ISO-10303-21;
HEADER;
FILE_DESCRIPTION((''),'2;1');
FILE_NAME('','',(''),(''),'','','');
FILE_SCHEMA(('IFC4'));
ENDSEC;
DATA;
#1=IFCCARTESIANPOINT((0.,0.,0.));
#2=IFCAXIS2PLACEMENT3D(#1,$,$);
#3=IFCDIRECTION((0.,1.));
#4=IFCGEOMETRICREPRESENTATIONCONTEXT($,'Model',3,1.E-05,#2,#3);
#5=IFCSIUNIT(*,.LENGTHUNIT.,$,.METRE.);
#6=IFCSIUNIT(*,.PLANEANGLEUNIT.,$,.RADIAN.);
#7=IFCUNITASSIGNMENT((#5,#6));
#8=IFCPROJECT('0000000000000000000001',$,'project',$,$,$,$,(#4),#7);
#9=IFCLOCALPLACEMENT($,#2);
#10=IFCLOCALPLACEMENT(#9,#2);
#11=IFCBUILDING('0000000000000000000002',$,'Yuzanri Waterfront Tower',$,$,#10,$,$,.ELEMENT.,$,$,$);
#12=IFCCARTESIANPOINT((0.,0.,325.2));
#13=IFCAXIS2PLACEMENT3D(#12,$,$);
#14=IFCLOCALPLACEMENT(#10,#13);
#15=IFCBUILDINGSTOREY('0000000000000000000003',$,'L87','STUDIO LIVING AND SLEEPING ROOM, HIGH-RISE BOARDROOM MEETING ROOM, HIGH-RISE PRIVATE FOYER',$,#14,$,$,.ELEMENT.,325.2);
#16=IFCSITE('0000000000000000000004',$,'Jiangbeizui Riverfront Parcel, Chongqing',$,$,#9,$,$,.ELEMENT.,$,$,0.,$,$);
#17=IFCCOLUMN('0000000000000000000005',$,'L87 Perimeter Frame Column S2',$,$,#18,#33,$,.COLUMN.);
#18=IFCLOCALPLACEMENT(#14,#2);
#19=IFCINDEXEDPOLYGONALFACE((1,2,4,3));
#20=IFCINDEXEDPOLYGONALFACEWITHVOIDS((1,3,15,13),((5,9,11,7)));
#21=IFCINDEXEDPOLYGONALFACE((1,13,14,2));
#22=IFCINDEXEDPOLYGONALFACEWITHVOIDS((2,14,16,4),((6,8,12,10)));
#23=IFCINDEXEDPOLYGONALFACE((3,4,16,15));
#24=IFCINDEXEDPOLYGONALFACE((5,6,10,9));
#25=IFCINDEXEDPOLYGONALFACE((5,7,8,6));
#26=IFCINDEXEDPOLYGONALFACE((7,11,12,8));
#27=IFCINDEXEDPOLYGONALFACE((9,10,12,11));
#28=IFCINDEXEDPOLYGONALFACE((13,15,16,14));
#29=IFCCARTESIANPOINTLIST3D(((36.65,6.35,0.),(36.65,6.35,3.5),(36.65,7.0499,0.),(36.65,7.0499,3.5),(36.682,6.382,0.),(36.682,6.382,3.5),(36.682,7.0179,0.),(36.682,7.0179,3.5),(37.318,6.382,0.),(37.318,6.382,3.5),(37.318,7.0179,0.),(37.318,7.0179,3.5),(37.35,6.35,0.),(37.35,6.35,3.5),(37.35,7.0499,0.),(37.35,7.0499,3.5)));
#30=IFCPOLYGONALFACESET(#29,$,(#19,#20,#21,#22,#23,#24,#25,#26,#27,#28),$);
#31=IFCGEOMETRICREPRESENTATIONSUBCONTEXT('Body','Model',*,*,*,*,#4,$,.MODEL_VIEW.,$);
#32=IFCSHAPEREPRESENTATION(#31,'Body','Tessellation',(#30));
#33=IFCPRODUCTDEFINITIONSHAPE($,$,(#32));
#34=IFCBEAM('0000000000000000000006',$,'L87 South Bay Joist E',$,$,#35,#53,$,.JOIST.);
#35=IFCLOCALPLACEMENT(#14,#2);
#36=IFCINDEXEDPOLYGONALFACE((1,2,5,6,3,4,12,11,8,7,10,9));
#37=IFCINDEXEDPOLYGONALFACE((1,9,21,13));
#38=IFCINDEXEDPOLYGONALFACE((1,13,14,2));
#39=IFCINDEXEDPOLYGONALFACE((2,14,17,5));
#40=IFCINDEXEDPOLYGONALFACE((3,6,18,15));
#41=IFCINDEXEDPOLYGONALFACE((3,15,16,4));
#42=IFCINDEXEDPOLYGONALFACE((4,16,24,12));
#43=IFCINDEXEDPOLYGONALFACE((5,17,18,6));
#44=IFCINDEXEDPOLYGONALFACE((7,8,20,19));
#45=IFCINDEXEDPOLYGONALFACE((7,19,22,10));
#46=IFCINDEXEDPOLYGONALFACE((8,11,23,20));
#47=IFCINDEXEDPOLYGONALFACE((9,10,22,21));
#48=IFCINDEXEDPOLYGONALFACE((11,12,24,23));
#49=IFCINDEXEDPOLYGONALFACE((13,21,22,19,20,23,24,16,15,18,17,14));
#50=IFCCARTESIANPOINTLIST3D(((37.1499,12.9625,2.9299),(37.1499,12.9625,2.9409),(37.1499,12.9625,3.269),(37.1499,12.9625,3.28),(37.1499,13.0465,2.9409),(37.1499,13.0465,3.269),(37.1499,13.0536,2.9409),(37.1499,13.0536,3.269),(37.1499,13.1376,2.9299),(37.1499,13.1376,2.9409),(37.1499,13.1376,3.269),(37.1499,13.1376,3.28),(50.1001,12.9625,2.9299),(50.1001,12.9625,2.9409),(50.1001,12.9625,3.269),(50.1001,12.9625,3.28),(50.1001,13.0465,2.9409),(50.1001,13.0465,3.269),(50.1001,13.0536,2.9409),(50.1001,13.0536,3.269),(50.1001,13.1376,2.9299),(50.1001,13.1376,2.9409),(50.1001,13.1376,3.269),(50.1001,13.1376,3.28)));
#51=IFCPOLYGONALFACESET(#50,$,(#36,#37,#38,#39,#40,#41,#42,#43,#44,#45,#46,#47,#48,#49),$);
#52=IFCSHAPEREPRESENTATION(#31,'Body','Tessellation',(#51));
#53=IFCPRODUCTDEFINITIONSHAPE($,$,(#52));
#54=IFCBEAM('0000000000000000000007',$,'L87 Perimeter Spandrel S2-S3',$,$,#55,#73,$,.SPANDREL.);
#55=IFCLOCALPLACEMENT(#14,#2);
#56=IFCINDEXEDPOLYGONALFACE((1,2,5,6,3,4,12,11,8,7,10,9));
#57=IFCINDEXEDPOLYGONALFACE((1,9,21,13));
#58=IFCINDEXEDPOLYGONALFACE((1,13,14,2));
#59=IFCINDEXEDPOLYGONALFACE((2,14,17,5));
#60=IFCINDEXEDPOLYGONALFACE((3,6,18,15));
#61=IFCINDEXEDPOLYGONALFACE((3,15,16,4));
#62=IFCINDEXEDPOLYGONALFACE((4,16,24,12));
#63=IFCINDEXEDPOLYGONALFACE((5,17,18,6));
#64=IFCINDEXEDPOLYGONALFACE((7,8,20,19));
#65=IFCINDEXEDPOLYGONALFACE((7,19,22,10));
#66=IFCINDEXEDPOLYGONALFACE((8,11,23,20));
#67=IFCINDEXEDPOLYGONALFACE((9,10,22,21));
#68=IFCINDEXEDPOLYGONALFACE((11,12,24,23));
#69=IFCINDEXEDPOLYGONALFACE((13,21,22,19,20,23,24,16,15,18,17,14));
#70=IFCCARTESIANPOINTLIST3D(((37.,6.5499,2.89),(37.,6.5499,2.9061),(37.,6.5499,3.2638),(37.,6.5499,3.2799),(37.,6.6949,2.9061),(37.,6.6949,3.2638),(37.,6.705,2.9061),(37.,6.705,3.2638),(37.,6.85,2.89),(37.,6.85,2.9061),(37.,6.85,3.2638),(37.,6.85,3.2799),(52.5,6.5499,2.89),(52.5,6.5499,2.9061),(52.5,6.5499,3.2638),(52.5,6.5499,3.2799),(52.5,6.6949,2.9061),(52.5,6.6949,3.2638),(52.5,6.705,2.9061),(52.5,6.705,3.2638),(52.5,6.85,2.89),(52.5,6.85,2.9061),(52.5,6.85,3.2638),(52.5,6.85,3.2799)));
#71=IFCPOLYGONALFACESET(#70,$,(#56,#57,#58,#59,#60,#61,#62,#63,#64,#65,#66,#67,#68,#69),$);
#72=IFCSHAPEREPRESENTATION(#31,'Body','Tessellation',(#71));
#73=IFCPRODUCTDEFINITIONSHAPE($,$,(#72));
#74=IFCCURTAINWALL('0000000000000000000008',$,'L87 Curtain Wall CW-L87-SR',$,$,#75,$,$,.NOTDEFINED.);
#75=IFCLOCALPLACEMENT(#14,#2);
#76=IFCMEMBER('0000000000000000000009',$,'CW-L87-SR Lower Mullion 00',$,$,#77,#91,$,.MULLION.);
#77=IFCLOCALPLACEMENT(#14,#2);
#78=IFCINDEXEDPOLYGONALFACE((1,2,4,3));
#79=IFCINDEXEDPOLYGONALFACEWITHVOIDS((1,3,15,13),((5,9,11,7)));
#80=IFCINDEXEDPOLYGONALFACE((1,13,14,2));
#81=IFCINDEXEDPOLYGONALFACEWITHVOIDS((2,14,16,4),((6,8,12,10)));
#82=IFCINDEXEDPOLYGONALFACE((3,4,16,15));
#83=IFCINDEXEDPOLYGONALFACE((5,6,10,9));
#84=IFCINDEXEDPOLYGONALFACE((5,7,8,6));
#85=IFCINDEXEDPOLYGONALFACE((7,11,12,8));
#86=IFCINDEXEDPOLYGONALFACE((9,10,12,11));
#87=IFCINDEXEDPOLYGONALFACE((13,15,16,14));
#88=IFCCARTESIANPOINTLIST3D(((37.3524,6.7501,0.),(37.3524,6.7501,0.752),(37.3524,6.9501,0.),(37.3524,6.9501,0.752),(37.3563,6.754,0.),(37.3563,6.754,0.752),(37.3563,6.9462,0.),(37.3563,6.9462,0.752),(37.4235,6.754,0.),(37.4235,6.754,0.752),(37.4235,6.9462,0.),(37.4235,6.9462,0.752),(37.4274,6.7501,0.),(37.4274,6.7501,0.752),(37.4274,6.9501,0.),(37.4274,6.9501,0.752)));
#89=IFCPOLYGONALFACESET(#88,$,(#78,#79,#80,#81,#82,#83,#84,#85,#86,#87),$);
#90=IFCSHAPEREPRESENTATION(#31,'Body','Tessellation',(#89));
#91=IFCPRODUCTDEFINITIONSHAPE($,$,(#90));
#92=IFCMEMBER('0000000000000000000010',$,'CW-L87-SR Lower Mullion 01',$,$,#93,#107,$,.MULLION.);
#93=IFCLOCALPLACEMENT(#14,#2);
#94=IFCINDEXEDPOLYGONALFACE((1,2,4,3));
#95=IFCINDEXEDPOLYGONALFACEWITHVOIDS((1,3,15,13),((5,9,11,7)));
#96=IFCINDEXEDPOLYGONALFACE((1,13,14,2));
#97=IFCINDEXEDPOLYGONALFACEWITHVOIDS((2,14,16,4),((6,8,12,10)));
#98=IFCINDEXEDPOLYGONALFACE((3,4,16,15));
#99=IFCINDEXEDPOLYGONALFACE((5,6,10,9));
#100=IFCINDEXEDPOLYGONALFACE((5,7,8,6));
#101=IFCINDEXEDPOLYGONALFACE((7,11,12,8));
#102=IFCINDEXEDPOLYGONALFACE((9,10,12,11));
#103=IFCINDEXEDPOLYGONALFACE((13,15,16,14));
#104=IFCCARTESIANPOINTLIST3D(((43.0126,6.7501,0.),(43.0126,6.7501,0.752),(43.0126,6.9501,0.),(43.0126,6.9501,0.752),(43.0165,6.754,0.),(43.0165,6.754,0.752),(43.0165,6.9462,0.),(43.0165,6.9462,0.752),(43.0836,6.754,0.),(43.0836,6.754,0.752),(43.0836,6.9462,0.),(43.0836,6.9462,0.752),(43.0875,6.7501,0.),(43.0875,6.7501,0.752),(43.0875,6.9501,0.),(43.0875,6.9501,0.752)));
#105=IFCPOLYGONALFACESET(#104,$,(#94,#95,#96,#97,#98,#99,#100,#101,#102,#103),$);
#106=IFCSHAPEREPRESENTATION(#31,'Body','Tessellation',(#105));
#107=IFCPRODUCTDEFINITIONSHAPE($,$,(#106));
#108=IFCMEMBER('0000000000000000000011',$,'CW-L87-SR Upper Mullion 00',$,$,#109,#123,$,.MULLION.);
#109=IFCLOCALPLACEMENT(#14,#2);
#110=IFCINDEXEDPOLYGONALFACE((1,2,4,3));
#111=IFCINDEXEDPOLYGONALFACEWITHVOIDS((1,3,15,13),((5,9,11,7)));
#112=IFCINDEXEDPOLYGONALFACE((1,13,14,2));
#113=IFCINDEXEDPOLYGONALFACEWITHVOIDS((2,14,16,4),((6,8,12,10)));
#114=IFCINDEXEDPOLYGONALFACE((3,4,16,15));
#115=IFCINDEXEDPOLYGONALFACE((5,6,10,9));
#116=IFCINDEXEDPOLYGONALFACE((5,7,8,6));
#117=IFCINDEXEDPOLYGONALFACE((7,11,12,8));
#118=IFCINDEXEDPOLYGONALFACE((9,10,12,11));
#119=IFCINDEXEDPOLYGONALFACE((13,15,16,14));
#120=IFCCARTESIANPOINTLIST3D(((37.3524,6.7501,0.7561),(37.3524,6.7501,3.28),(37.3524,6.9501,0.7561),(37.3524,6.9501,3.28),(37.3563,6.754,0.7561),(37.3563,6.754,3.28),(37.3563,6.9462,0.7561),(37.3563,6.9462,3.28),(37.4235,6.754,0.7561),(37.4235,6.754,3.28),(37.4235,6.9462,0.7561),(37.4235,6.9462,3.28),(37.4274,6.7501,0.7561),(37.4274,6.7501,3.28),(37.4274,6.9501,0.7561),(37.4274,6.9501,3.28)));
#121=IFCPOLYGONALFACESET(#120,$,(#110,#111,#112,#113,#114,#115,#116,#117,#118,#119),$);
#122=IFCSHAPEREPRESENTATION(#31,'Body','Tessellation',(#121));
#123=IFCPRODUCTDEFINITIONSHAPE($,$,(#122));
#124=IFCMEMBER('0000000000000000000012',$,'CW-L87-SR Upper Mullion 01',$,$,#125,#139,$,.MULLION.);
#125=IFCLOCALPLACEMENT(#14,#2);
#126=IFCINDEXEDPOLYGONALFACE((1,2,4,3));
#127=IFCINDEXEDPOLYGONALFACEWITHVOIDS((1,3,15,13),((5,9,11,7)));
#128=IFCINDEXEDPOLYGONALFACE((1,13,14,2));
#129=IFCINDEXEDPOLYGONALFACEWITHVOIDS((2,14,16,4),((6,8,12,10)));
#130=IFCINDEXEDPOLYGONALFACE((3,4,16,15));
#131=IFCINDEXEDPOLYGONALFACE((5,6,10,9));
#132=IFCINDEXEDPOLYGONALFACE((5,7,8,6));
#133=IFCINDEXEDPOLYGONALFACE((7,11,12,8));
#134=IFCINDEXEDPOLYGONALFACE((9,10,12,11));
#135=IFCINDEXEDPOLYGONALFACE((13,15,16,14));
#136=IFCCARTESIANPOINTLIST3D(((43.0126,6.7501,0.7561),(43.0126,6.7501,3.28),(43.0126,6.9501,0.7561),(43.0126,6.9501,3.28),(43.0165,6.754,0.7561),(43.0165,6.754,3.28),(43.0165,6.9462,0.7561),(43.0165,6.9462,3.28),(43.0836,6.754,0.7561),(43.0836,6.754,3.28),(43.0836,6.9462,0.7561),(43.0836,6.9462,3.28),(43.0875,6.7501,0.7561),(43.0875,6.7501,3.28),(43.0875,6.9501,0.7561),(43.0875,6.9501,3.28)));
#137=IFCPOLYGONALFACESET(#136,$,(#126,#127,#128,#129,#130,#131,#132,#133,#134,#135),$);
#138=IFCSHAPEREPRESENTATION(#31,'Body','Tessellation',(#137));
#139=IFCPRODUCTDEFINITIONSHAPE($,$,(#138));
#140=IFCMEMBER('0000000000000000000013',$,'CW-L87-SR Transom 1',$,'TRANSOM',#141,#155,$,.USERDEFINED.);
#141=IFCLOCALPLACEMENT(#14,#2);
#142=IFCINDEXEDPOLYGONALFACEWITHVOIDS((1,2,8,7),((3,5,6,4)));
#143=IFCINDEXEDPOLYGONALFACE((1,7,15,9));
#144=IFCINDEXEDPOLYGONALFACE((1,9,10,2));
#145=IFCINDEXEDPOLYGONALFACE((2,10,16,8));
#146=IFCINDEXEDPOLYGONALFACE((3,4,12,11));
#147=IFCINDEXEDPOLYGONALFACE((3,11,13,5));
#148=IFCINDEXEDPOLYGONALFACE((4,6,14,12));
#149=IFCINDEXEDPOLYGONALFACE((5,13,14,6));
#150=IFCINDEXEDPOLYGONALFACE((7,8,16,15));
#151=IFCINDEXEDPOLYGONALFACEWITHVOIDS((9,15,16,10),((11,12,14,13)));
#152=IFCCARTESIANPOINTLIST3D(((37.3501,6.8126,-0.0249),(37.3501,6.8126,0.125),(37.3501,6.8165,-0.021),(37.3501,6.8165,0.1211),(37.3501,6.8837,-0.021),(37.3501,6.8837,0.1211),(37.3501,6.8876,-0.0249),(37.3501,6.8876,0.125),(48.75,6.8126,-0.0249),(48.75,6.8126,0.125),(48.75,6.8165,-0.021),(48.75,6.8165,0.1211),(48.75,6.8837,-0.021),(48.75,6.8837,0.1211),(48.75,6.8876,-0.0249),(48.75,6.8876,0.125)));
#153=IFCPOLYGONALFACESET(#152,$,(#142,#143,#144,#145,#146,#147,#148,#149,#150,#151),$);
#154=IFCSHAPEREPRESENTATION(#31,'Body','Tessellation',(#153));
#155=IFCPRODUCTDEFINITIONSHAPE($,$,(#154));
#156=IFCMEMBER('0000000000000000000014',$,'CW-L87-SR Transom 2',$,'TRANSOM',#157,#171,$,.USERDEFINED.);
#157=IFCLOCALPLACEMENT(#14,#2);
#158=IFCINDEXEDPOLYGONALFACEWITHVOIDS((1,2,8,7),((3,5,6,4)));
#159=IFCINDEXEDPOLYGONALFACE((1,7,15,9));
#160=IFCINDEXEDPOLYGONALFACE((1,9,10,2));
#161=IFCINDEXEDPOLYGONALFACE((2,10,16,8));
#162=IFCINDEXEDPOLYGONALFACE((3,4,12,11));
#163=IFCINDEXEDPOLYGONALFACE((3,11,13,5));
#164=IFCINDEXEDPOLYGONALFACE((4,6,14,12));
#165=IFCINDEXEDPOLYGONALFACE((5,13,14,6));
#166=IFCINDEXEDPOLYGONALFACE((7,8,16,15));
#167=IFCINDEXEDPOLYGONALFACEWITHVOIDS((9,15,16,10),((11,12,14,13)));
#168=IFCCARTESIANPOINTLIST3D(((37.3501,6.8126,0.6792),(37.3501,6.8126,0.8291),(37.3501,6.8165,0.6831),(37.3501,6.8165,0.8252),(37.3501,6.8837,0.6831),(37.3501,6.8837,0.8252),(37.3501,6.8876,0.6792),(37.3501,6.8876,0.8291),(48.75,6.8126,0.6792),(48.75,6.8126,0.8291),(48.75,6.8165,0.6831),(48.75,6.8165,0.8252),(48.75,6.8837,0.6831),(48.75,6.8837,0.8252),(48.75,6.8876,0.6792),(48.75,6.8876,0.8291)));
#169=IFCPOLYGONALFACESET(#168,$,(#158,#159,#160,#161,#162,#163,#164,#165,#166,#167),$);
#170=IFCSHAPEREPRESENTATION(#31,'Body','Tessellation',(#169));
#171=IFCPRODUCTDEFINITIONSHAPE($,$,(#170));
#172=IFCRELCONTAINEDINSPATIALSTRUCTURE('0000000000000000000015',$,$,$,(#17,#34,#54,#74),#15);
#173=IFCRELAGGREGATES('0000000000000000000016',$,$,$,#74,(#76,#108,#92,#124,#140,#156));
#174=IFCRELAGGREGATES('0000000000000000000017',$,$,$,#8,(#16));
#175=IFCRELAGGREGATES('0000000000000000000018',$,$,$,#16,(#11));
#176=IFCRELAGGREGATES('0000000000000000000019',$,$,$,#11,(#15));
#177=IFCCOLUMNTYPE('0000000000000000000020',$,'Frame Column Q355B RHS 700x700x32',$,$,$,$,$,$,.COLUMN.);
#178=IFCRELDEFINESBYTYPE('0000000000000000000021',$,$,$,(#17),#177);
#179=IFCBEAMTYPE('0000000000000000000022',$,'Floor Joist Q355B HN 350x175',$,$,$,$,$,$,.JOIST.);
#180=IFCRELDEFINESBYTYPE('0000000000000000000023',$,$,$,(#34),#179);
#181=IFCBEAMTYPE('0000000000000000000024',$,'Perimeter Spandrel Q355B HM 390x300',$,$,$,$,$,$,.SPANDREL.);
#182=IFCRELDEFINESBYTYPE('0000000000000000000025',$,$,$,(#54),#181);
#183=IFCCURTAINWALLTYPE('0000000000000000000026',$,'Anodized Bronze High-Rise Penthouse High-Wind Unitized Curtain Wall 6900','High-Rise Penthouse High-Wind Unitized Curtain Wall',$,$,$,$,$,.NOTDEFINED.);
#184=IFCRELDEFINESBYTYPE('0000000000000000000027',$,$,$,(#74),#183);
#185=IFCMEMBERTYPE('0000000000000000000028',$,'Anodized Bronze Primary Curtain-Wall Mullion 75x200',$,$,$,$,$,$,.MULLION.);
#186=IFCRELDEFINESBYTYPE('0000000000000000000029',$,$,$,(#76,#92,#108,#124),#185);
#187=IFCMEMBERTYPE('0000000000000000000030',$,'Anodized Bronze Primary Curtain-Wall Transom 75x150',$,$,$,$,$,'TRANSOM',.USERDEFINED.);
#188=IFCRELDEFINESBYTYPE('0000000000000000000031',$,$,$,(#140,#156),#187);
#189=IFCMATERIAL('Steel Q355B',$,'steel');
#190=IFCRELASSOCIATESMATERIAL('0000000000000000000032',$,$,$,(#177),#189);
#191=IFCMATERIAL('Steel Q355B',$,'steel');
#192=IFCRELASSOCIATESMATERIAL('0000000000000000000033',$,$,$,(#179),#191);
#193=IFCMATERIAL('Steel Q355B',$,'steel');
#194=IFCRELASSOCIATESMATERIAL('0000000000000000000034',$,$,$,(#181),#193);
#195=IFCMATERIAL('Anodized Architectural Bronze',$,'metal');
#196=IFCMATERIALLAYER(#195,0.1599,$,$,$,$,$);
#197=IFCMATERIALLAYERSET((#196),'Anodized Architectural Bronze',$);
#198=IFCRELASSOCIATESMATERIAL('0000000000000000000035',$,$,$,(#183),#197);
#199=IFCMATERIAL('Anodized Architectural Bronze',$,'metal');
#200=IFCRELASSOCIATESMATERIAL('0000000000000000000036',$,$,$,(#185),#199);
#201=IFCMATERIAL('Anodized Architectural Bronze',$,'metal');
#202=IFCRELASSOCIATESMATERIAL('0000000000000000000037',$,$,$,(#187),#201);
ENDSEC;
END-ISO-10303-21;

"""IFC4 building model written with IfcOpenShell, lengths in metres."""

from ifc_helpers import new_model, si_unit, direction, frame, origin, origin_2d, place, context, subcontext, project, spatial, hollow_rectangle, i_section, extrude, source, transform, mapped, material, layer, layer_set, material_profile, profile_set, type_object, element, aggregate, save


model = new_model("IFC4")

# Units and contexts
model_context = context("Model", 3, precision=1e-05, world=origin(), true_north=direction((0.0, 1.0)))
body_context = subcontext(model_context, "Body", "Model", "MODEL_VIEW")
ifc_project = project(units=[si_unit("LENGTHUNIT", "METRE"), si_unit("PLANEANGLEUNIT", "RADIAN")], contexts=[model_context])

# Site, building, storey
site_placement = place(None, origin())
site = spatial("IfcSite", under=ifc_project, at=site_placement, Name="Jiangbeizui Riverfront Parcel, Chongqing", CompositionType="ELEMENT", RefElevation=0.0)
building_placement = place(site_placement, origin())
building = spatial("IfcBuilding", under=site, at=building_placement, Name="Yuzanri Waterfront Tower", CompositionType="ELEMENT")
storey_placement = place(building_placement, frame((0.0, 0.0, 325.2)))
storey = spatial("IfcBuildingStorey", under=building, at=storey_placement, Name="L87", Description="STUDIO LIVING AND SLEEPING ROOM, HIGH-RISE BOARDROOM MEETING ROOM, HIGH-RISE PRIVATE FOYER", CompositionType="ELEMENT", Elevation=325.2)

# Column
ifc_material_1 = material(Name="Steel Q355B", Category="steel")
ifc_material_profile_1 = material_profile(ifc_material_1, hollow_rectangle(XDim=0.7, YDim=0.7, WallThickness=0.032, at=origin_2d()), Name="RHS 700x700x32")
ifc_profile_set_1 = profile_set([ifc_material_profile_1], Name="Steel Q355B")
column_type = type_object("IfcColumnType", Name="Frame Column Q355B RHS 700x700x32", PredefinedType="COLUMN", material=ifc_profile_set_1)
shared_shape_1 = source(origin(), body_context, "Body", "SweptSolid", [
    extrude(hollow_rectangle(XDim=0.7, YDim=0.7, WallThickness=0.032, at=origin_2d()), origin(), (0.0, 0.0, 1.0), 3.5),
])
column_placement = place(storey_placement, frame((37.0, 6.7, 0.0), z_axis=(0.0, 0.0, 1.0), x_axis=(1.0, 0.0, 0.0)))
element("IfcColumn", 1, at=column_placement, inside=storey, type_object=column_type, Name="L87 Perimeter Frame Column S2", PredefinedType="COLUMN", context=body_context, shape_type="MappedRepresentation", body=[
    mapped(shared_shape_1, transform((0.0, 0.0, 0.0), scale=1.0)),
])

# Beams
ifc_material_2 = material(Name="Steel Q355B", Category="steel")
ifc_material_profile_2 = material_profile(ifc_material_2, i_section(OverallWidth=0.175, OverallDepth=0.3501, WebThickness=0.0071, FlangeThickness=0.011, at=origin_2d()), Name="HN 350x175x7x11")
ifc_profile_set_2 = profile_set([ifc_material_profile_2], Name="Steel Q355B")
beam_type_1 = type_object("IfcBeamType", Name="Floor Joist Q355B HN 350x175", PredefinedType="JOIST", material=ifc_profile_set_2)
shared_shape_2 = source(origin(), body_context, "Body", "SweptSolid", [
    extrude(i_section(OverallWidth=0.175, OverallDepth=0.3501, WebThickness=0.0071, FlangeThickness=0.011, at=origin_2d()), origin(), (0.0, 0.0, 1.0), 12.9502),
])
beam_1_placement = place(storey_placement, frame((37.1499, 13.05, 3.105), z_axis=(1.0, 0.0, 0.0), x_axis=(0.0, 1.0, 0.0)))
element("IfcBeam", 2, at=beam_1_placement, inside=storey, type_object=beam_type_1, Name="L87 South Bay Joist E", PredefinedType="JOIST", context=body_context, shape_type="MappedRepresentation", body=[
    mapped(shared_shape_2, transform((0.0, 0.0, 0.0), scale=1.0)),
])
ifc_material_3 = material(Name="Steel Q355B", Category="steel")
ifc_material_profile_3 = material_profile(ifc_material_3, i_section(OverallWidth=0.3, OverallDepth=0.3899, WebThickness=0.01, FlangeThickness=0.0161, at=origin_2d()), Name="HM 390x300x10x16")
ifc_profile_set_3 = profile_set([ifc_material_profile_3], Name="Steel Q355B")
beam_type_2 = type_object("IfcBeamType", Name="Perimeter Spandrel Q355B HM 390x300", PredefinedType="SPANDREL", material=ifc_profile_set_3)
shared_shape_3 = source(origin(), body_context, "Body", "SweptSolid", [
    extrude(i_section(OverallWidth=0.3, OverallDepth=0.3899, WebThickness=0.01, FlangeThickness=0.0161, at=origin_2d()), origin(), (0.0, 0.0, 1.0), 15.5),
])
beam_2_placement = place(storey_placement, frame((37.0, 6.7, 3.085), z_axis=(1.0, 0.0, 0.0), x_axis=(0.0, 1.0, 0.0)))
element("IfcBeam", 3, at=beam_2_placement, inside=storey, type_object=beam_type_2, Name="L87 Perimeter Spandrel S2-S3", PredefinedType="SPANDREL", context=body_context, shape_type="MappedRepresentation", body=[
    mapped(shared_shape_3, transform((0.0, 0.0, 0.0), scale=1.0)),
])

# Curtain wall, members
ifc_material_4 = material(Name="Anodized Architectural Bronze", Category="metal")
ifc_layer_1 = layer(ifc_material_4, 0.1599)
ifc_layer_set_1 = layer_set([ifc_layer_1], Name="Anodized Architectural Bronze")
curtain_wall_type = type_object("IfcCurtainWallType", Name="Anodized Bronze High-Rise Penthouse High-Wind Unitized Curtain Wall 6900", Description="High-Rise Penthouse High-Wind Unitized Curtain Wall", PredefinedType="NOTDEFINED", material=ifc_layer_set_1)
curtain_wall_placement = place(storey_placement, origin())
curtain_wall = element("IfcCurtainWall", 4, at=curtain_wall_placement, inside=storey, type_object=curtain_wall_type, Name="L87 Curtain Wall CW-L87-SR", PredefinedType="NOTDEFINED")
ifc_material_5 = material(Name="Anodized Architectural Bronze", Category="metal")
ifc_material_profile_4 = material_profile(ifc_material_5, hollow_rectangle(XDim=0.075, YDim=0.2, WallThickness=0.0039, at=origin_2d()), Name="CWM 75x200")
ifc_profile_set_4 = profile_set([ifc_material_profile_4], Name="Anodized Architectural Bronze")
member_type_1 = type_object("IfcMemberType", Name="Anodized Bronze Primary Curtain-Wall Mullion 75x200", PredefinedType="MULLION", material=ifc_profile_set_4)
shared_shape_4 = source(origin(), body_context, "Body", "SweptSolid", [
    extrude(hollow_rectangle(XDim=0.075, YDim=0.2, WallThickness=0.0039, at=origin_2d()), origin(), (0.0, 0.0, 1.0), 0.752),
])
member_1_placement = place(storey_placement, frame((37.3899, 6.8501, 0.0), z_axis=(0.0, 0.0, 1.0), x_axis=(1.0, 0.0, 0.0)))
member_1 = element("IfcMember", 5, at=member_1_placement, type_object=member_type_1, Name="CW-L87-SR Lower Mullion 00", PredefinedType="MULLION", context=body_context, shape_type="MappedRepresentation", body=[
    mapped(shared_shape_4, transform((0.0, 0.0, 0.0), scale=1.0)),
])
member_2_placement = place(storey_placement, frame((43.05, 6.8501, 0.0), z_axis=(0.0, 0.0, 1.0), x_axis=(1.0, 0.0, 0.0)))
member_2 = element("IfcMember", 6, at=member_2_placement, type_object=member_type_1, Name="CW-L87-SR Lower Mullion 01", PredefinedType="MULLION", context=body_context, shape_type="MappedRepresentation", body=[
    mapped(shared_shape_4, transform((0.0, 0.0, 0.0), scale=1.0)),
])
shared_shape_5 = source(origin(), body_context, "Body", "SweptSolid", [
    extrude(hollow_rectangle(XDim=0.075, YDim=0.2, WallThickness=0.0039, at=origin_2d()), origin(), (0.0, 0.0, 1.0), 2.5239),
])
member_3_placement = place(storey_placement, frame((37.3899, 6.8501, 0.7561), z_axis=(0.0, 0.0, 1.0), x_axis=(1.0, 0.0, 0.0)))
member_3 = element("IfcMember", 7, at=member_3_placement, type_object=member_type_1, Name="CW-L87-SR Upper Mullion 00", PredefinedType="MULLION", context=body_context, shape_type="MappedRepresentation", body=[
    mapped(shared_shape_5, transform((0.0, 0.0, 0.0), scale=1.0)),
])
member_4_placement = place(storey_placement, frame((43.05, 6.8501, 0.7561), z_axis=(0.0, 0.0, 1.0), x_axis=(1.0, 0.0, 0.0)))
member_4 = element("IfcMember", 8, at=member_4_placement, type_object=member_type_1, Name="CW-L87-SR Upper Mullion 01", PredefinedType="MULLION", context=body_context, shape_type="MappedRepresentation", body=[
    mapped(shared_shape_5, transform((0.0, 0.0, 0.0), scale=1.0)),
])
ifc_material_6 = material(Name="Anodized Architectural Bronze", Category="metal")
ifc_material_profile_5 = material_profile(ifc_material_6, hollow_rectangle(XDim=0.075, YDim=0.1499, WallThickness=0.0039, at=origin_2d()), Name="CWT 75x150")
ifc_profile_set_5 = profile_set([ifc_material_profile_5], Name="Anodized Architectural Bronze")
member_type_2 = type_object("IfcMemberType", Name="Anodized Bronze Primary Curtain-Wall Transom 75x150", ElementType="TRANSOM", PredefinedType="USERDEFINED", material=ifc_profile_set_5)
shared_shape_6 = source(origin(), body_context, "Body", "SweptSolid", [
    extrude(hollow_rectangle(XDim=0.075, YDim=0.1499, WallThickness=0.0039, at=origin_2d()), origin(), (0.0, 0.0, 1.0), 11.3999),
])
member_5_placement = place(storey_placement, frame((37.3501, 6.8501, 0.05), z_axis=(1.0, 0.0, 0.0), x_axis=(0.0, 1.0, 0.0)))
member_5 = element("IfcMember", 9, at=member_5_placement, type_object=member_type_2, Name="CW-L87-SR Transom 1", ObjectType="TRANSOM", PredefinedType="USERDEFINED", context=body_context, shape_type="MappedRepresentation", body=[
    mapped(shared_shape_6, transform((0.0, 0.0, 0.0), scale=1.0)),
])
member_6_placement = place(storey_placement, frame((37.3501, 6.8501, 0.7542), z_axis=(1.0, 0.0, 0.0), x_axis=(0.0, 1.0, 0.0)))
member_6 = element("IfcMember", 10, at=member_6_placement, type_object=member_type_2, Name="CW-L87-SR Transom 2", ObjectType="TRANSOM", PredefinedType="USERDEFINED", context=body_context, shape_type="MappedRepresentation", body=[
    mapped(shared_shape_6, transform((0.0, 0.0, 0.0), scale=1.0)),
])
aggregate(curtain_wall, [member_1, member_3, member_2, member_4, member_5, member_6])

save(model, "model.ifc")
